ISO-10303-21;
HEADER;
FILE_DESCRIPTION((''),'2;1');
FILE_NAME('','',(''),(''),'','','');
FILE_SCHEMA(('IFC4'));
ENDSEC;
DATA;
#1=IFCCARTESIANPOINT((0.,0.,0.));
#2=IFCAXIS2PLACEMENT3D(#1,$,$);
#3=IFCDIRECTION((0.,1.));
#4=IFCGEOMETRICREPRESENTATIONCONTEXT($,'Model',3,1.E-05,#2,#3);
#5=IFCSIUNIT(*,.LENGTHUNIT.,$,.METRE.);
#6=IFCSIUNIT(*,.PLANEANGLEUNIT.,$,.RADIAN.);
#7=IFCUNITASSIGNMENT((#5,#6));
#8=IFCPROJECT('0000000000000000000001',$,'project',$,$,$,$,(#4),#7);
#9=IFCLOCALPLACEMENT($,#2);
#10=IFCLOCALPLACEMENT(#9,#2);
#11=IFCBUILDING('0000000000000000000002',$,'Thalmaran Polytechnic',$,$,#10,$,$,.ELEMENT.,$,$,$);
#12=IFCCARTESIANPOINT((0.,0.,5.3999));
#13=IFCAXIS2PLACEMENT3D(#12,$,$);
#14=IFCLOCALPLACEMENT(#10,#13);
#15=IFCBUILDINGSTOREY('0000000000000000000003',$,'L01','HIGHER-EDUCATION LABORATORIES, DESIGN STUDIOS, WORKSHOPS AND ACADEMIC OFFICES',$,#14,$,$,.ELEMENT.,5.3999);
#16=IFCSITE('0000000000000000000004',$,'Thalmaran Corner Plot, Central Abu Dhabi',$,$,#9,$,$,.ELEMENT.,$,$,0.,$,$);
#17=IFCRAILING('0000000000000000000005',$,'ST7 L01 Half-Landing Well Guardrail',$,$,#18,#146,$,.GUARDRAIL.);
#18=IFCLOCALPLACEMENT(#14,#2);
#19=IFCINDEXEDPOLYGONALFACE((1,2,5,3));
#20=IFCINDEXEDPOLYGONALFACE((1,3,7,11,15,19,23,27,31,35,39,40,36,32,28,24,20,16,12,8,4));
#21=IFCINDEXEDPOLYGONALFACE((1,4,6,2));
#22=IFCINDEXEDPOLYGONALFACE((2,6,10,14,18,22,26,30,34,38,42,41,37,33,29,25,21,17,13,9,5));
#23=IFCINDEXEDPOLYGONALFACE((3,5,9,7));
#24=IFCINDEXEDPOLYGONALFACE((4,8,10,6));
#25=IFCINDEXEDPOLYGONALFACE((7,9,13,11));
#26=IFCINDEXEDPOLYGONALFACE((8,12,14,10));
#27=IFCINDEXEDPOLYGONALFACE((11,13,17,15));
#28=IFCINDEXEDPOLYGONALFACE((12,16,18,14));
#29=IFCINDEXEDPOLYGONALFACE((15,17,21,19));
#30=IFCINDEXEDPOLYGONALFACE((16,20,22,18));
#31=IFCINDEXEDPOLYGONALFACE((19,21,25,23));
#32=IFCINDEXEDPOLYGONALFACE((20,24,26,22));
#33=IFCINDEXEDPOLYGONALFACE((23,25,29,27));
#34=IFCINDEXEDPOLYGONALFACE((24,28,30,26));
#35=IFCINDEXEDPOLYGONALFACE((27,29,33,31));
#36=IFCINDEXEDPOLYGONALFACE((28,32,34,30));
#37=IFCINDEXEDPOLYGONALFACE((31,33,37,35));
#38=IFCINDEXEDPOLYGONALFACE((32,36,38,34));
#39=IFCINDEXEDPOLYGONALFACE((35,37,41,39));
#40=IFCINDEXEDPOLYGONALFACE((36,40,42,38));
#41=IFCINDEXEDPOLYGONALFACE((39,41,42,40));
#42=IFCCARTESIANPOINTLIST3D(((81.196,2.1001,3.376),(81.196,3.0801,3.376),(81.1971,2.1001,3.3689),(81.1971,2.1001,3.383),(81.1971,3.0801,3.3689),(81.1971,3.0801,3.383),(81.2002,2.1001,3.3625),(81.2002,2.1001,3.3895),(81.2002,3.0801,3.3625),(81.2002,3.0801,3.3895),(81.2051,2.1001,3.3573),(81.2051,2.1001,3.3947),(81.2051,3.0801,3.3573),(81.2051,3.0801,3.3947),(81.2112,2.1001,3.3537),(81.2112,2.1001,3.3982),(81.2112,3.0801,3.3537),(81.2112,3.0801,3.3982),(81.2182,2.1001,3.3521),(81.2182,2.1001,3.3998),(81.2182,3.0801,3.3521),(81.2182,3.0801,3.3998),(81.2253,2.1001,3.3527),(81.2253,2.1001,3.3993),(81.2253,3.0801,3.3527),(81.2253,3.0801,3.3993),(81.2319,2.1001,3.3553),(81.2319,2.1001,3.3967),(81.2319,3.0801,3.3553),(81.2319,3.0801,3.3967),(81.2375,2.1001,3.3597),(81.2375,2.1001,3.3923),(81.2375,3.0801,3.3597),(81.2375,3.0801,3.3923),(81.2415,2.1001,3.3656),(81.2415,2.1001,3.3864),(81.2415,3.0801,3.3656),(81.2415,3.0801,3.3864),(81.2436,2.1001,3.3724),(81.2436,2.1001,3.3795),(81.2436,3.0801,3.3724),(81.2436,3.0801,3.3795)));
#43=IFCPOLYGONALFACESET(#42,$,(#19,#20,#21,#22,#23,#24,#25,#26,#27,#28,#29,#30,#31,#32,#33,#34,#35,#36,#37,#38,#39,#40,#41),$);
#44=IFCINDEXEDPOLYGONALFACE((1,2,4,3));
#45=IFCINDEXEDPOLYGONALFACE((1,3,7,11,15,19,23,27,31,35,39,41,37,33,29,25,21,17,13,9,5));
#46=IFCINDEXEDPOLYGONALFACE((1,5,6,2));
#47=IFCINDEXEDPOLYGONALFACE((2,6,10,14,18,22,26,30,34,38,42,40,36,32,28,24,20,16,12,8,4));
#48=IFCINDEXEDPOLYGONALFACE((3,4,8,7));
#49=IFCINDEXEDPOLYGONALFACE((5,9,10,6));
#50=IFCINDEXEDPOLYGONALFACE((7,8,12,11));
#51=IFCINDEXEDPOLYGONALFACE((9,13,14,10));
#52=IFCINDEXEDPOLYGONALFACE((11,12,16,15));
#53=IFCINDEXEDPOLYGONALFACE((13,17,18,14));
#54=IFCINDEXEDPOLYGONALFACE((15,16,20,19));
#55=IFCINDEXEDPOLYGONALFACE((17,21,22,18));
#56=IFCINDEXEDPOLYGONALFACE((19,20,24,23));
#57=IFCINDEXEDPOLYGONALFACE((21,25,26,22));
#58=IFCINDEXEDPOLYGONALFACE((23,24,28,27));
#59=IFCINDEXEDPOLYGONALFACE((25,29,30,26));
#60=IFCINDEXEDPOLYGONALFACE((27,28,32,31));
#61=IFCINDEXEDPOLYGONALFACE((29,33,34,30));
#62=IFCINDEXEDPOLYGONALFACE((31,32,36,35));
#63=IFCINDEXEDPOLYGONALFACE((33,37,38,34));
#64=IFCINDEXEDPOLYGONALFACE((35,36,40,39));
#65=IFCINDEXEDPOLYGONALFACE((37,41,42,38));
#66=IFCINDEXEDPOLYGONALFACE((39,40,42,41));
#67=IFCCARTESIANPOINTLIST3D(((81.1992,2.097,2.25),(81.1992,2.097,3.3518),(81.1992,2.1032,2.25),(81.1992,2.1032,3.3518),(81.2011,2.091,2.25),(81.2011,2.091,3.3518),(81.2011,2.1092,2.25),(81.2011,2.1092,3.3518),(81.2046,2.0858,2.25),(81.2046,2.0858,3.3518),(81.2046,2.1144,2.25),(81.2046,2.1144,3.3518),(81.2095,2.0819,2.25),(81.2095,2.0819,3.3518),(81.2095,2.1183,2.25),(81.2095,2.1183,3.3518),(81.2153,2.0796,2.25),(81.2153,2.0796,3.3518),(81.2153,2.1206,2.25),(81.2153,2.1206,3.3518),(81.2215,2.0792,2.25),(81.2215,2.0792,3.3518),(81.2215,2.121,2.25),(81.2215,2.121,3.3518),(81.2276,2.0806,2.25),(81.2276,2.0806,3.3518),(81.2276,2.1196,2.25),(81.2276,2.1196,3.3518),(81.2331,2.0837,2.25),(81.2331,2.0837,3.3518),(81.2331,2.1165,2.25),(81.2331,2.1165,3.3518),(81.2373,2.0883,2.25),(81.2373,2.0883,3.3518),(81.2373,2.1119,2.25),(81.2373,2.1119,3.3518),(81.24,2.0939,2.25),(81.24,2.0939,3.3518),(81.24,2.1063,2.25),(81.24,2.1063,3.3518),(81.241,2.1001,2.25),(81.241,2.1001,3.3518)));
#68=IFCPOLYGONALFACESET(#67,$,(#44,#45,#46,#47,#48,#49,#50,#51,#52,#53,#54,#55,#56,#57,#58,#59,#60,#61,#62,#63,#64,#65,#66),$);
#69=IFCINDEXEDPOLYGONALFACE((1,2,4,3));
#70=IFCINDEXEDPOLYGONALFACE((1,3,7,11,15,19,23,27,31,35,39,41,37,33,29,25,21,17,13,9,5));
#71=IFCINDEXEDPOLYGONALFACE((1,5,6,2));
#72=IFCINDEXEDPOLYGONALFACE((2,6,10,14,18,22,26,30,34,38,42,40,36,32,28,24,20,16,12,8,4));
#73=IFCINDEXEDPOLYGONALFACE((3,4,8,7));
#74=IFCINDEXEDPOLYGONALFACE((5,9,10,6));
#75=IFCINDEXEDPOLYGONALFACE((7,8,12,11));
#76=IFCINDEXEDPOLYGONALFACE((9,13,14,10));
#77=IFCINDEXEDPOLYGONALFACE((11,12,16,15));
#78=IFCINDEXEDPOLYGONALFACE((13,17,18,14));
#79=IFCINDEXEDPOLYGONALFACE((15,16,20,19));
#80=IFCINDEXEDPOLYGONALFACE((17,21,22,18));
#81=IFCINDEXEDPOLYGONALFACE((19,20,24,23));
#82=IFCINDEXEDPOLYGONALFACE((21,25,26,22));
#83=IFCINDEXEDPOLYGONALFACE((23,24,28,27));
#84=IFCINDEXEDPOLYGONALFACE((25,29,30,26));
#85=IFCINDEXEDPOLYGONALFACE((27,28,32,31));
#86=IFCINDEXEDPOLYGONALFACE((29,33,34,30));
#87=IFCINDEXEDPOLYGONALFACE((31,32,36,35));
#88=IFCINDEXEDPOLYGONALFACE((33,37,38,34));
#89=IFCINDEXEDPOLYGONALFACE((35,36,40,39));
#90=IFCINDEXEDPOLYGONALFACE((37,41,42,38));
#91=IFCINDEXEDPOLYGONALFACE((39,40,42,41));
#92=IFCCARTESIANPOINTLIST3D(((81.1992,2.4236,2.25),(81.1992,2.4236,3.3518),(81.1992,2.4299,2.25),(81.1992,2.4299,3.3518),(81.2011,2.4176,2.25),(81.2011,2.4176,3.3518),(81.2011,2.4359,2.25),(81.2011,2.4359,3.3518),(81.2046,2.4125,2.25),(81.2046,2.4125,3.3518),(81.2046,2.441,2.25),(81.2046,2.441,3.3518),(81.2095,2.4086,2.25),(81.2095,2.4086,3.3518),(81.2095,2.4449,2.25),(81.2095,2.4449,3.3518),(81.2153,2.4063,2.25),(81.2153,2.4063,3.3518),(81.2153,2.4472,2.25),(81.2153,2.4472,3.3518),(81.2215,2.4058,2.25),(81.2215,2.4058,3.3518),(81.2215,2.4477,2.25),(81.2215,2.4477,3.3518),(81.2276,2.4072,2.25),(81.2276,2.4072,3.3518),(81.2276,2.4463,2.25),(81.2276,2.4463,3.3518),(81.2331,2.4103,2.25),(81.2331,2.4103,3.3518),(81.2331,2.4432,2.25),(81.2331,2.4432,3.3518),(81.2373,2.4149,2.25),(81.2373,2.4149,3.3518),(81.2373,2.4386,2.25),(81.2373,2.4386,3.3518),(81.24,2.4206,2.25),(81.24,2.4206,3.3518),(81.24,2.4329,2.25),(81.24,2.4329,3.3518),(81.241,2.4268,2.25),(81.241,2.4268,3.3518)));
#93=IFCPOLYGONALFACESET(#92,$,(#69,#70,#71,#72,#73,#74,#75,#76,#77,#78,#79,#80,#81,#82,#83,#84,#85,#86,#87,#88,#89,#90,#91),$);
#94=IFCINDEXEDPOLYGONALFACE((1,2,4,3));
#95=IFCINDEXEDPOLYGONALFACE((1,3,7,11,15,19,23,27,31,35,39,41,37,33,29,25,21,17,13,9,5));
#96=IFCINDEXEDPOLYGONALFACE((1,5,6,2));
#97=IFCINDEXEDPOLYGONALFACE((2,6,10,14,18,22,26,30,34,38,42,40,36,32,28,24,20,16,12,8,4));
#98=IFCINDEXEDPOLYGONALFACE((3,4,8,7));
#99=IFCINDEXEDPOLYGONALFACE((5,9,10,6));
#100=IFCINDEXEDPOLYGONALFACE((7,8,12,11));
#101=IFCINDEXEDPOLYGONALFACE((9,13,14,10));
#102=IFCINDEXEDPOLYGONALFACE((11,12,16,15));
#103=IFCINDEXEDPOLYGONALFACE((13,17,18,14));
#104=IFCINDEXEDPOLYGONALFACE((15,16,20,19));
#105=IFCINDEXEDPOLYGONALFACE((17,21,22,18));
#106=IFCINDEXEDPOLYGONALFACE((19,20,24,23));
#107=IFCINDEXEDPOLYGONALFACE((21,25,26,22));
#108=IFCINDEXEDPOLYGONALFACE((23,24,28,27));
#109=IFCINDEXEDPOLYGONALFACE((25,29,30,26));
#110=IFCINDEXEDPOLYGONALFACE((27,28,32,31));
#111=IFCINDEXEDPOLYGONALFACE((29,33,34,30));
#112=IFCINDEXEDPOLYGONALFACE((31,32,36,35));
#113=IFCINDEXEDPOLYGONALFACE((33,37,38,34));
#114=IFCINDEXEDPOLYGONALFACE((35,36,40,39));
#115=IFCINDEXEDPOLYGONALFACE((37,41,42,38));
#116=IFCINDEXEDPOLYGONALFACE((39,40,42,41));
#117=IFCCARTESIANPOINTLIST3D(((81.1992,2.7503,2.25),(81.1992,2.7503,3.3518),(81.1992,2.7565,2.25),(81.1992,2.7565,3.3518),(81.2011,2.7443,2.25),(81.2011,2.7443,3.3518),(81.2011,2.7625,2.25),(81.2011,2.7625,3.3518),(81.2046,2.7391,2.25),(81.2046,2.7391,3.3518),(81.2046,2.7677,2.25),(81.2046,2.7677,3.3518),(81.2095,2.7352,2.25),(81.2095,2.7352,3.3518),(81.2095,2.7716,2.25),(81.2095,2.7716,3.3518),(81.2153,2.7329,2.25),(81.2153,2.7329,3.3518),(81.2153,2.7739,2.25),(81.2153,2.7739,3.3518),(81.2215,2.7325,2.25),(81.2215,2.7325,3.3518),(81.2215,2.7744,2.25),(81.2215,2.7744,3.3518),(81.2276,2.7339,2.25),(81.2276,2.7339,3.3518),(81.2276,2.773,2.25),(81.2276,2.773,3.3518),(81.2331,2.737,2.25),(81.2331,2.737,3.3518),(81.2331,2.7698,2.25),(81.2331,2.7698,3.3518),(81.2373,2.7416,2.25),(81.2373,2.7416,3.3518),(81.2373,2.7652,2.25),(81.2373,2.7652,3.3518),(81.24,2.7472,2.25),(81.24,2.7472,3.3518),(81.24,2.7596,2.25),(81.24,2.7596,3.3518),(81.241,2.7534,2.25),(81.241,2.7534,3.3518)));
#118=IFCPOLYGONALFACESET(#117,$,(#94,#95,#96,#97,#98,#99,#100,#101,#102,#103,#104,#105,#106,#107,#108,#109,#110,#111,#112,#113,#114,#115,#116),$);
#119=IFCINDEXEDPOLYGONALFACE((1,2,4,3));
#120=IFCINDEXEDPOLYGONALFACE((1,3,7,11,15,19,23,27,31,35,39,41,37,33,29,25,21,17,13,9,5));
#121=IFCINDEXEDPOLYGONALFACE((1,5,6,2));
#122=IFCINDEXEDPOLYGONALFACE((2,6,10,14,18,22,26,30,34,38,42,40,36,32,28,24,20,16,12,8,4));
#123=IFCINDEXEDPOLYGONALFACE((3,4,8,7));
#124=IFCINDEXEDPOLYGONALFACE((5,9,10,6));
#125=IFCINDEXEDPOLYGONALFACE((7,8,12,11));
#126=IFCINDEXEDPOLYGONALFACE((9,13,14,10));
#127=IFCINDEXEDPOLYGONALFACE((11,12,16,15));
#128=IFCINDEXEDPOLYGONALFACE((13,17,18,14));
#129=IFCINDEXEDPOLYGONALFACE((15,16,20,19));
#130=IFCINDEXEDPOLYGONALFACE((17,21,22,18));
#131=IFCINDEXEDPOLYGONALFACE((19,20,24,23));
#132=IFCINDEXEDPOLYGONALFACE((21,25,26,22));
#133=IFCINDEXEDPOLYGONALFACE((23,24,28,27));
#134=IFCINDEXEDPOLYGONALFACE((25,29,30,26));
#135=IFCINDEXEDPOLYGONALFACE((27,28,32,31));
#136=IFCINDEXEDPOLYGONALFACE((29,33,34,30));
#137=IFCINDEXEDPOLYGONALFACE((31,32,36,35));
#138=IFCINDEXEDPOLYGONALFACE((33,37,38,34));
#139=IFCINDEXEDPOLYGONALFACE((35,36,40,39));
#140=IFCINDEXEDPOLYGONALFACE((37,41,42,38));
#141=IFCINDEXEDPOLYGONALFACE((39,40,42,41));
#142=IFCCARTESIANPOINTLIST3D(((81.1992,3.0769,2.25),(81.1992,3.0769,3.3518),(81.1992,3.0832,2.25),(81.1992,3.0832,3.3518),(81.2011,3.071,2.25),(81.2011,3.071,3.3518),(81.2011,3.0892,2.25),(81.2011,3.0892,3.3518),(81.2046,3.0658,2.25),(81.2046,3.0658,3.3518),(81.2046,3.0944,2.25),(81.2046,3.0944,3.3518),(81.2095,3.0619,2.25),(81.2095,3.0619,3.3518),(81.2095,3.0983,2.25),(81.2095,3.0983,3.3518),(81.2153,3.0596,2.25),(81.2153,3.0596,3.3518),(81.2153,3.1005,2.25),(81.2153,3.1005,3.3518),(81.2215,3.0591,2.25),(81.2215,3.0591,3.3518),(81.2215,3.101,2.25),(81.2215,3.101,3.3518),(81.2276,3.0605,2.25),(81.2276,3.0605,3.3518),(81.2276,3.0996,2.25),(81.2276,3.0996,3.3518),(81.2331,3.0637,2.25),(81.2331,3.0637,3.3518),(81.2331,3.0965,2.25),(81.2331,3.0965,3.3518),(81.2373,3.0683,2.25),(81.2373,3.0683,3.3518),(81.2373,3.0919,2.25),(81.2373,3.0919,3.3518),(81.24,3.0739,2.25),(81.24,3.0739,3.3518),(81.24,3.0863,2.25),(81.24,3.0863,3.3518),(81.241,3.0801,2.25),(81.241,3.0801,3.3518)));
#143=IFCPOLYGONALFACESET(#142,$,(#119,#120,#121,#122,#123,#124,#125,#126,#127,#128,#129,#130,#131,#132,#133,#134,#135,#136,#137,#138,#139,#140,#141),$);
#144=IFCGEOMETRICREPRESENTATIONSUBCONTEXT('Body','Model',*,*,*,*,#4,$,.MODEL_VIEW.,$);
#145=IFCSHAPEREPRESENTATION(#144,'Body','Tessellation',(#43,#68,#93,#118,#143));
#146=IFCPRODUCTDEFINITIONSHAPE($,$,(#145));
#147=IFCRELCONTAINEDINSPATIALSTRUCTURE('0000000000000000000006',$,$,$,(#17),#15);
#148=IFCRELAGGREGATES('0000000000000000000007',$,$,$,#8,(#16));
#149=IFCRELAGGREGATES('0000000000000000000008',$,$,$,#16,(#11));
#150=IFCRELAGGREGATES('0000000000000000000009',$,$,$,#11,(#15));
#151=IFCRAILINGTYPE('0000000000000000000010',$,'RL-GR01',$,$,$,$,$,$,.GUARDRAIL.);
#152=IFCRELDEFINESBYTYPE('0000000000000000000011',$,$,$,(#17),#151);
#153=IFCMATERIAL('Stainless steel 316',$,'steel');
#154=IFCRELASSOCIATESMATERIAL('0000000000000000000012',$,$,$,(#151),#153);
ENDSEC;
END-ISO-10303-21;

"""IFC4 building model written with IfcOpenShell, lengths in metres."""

from ifc_helpers import new_model, si_unit, direction, frame, origin, origin_2d, place, context, subcontext, project, spatial, circle, extrude, material, type_object, element, save


model = new_model("IFC4")

# Units and contexts
model_context = context("Model", 3, precision=1e-05, world=origin(), true_north=direction((0.0, 1.0)))
body_context = subcontext(model_context, "Body", "Model", "MODEL_VIEW")
ifc_project = project(units=[si_unit("LENGTHUNIT", "METRE"), si_unit("PLANEANGLEUNIT", "RADIAN")], contexts=[model_context])

# Site, building, storey
site_placement = place(None, origin())
site = spatial("IfcSite", under=ifc_project, at=site_placement, Name="Thalmaran Corner Plot, Central Abu Dhabi", CompositionType="ELEMENT", RefElevation=0.0)
building_placement = place(site_placement, origin())
building = spatial("IfcBuilding", under=site, at=building_placement, Name="Thalmaran Polytechnic", CompositionType="ELEMENT")
storey_placement = place(building_placement, frame((0.0, 0.0, 5.3999)))
storey = spatial("IfcBuildingStorey", under=building, at=storey_placement, Name="L01", Description="HIGHER-EDUCATION LABORATORIES, DESIGN STUDIOS, WORKSHOPS AND ACADEMIC OFFICES", CompositionType="ELEMENT", Elevation=5.3999)

# Railing
ifc_material_1 = material(Name="Stainless steel 316", Category="steel")
railing_type_1 = type_object("IfcRailingType", Name="RL-GR01", PredefinedType="GUARDRAIL", material=ifc_material_1)
railing_1_placement = place(storey_placement, frame((81.22, 2.1001, 2.25)))
element("IfcRailing", 1, at=railing_1_placement, inside=storey, type_object=railing_type_1, Name="ST7 L01 Half-Landing Well Guardrail", PredefinedType="GUARDRAIL", context=body_context, shape_type="SweptSolid", body=[
    extrude(circle(Radius=0.0239, at=origin_2d()), frame((0.0, 0.0, 1.126), z_axis=(0.0, 1.0, 0.0), x_axis=(-1.0, 0.0, 0.0)), (0.0, 0.0, 1.0), 0.98),
    extrude(circle(Radius=0.021, at=origin_2d()), origin(), (0.0, 0.0, 1.0), 1.1018),
    extrude(circle(Radius=0.021, at=origin_2d()), frame((0.0, 0.3267, 0.0)), (0.0, 0.0, 1.0), 1.1018),
    extrude(circle(Radius=0.021, at=origin_2d()), frame((0.0, 0.6533, 0.0)), (0.0, 0.0, 1.0), 1.1018),
    extrude(circle(Radius=0.021, at=origin_2d()), frame((0.0, 0.98, 0.0)), (0.0, 0.0, 1.0), 1.1018),
])

save(model, "model.ifc")
